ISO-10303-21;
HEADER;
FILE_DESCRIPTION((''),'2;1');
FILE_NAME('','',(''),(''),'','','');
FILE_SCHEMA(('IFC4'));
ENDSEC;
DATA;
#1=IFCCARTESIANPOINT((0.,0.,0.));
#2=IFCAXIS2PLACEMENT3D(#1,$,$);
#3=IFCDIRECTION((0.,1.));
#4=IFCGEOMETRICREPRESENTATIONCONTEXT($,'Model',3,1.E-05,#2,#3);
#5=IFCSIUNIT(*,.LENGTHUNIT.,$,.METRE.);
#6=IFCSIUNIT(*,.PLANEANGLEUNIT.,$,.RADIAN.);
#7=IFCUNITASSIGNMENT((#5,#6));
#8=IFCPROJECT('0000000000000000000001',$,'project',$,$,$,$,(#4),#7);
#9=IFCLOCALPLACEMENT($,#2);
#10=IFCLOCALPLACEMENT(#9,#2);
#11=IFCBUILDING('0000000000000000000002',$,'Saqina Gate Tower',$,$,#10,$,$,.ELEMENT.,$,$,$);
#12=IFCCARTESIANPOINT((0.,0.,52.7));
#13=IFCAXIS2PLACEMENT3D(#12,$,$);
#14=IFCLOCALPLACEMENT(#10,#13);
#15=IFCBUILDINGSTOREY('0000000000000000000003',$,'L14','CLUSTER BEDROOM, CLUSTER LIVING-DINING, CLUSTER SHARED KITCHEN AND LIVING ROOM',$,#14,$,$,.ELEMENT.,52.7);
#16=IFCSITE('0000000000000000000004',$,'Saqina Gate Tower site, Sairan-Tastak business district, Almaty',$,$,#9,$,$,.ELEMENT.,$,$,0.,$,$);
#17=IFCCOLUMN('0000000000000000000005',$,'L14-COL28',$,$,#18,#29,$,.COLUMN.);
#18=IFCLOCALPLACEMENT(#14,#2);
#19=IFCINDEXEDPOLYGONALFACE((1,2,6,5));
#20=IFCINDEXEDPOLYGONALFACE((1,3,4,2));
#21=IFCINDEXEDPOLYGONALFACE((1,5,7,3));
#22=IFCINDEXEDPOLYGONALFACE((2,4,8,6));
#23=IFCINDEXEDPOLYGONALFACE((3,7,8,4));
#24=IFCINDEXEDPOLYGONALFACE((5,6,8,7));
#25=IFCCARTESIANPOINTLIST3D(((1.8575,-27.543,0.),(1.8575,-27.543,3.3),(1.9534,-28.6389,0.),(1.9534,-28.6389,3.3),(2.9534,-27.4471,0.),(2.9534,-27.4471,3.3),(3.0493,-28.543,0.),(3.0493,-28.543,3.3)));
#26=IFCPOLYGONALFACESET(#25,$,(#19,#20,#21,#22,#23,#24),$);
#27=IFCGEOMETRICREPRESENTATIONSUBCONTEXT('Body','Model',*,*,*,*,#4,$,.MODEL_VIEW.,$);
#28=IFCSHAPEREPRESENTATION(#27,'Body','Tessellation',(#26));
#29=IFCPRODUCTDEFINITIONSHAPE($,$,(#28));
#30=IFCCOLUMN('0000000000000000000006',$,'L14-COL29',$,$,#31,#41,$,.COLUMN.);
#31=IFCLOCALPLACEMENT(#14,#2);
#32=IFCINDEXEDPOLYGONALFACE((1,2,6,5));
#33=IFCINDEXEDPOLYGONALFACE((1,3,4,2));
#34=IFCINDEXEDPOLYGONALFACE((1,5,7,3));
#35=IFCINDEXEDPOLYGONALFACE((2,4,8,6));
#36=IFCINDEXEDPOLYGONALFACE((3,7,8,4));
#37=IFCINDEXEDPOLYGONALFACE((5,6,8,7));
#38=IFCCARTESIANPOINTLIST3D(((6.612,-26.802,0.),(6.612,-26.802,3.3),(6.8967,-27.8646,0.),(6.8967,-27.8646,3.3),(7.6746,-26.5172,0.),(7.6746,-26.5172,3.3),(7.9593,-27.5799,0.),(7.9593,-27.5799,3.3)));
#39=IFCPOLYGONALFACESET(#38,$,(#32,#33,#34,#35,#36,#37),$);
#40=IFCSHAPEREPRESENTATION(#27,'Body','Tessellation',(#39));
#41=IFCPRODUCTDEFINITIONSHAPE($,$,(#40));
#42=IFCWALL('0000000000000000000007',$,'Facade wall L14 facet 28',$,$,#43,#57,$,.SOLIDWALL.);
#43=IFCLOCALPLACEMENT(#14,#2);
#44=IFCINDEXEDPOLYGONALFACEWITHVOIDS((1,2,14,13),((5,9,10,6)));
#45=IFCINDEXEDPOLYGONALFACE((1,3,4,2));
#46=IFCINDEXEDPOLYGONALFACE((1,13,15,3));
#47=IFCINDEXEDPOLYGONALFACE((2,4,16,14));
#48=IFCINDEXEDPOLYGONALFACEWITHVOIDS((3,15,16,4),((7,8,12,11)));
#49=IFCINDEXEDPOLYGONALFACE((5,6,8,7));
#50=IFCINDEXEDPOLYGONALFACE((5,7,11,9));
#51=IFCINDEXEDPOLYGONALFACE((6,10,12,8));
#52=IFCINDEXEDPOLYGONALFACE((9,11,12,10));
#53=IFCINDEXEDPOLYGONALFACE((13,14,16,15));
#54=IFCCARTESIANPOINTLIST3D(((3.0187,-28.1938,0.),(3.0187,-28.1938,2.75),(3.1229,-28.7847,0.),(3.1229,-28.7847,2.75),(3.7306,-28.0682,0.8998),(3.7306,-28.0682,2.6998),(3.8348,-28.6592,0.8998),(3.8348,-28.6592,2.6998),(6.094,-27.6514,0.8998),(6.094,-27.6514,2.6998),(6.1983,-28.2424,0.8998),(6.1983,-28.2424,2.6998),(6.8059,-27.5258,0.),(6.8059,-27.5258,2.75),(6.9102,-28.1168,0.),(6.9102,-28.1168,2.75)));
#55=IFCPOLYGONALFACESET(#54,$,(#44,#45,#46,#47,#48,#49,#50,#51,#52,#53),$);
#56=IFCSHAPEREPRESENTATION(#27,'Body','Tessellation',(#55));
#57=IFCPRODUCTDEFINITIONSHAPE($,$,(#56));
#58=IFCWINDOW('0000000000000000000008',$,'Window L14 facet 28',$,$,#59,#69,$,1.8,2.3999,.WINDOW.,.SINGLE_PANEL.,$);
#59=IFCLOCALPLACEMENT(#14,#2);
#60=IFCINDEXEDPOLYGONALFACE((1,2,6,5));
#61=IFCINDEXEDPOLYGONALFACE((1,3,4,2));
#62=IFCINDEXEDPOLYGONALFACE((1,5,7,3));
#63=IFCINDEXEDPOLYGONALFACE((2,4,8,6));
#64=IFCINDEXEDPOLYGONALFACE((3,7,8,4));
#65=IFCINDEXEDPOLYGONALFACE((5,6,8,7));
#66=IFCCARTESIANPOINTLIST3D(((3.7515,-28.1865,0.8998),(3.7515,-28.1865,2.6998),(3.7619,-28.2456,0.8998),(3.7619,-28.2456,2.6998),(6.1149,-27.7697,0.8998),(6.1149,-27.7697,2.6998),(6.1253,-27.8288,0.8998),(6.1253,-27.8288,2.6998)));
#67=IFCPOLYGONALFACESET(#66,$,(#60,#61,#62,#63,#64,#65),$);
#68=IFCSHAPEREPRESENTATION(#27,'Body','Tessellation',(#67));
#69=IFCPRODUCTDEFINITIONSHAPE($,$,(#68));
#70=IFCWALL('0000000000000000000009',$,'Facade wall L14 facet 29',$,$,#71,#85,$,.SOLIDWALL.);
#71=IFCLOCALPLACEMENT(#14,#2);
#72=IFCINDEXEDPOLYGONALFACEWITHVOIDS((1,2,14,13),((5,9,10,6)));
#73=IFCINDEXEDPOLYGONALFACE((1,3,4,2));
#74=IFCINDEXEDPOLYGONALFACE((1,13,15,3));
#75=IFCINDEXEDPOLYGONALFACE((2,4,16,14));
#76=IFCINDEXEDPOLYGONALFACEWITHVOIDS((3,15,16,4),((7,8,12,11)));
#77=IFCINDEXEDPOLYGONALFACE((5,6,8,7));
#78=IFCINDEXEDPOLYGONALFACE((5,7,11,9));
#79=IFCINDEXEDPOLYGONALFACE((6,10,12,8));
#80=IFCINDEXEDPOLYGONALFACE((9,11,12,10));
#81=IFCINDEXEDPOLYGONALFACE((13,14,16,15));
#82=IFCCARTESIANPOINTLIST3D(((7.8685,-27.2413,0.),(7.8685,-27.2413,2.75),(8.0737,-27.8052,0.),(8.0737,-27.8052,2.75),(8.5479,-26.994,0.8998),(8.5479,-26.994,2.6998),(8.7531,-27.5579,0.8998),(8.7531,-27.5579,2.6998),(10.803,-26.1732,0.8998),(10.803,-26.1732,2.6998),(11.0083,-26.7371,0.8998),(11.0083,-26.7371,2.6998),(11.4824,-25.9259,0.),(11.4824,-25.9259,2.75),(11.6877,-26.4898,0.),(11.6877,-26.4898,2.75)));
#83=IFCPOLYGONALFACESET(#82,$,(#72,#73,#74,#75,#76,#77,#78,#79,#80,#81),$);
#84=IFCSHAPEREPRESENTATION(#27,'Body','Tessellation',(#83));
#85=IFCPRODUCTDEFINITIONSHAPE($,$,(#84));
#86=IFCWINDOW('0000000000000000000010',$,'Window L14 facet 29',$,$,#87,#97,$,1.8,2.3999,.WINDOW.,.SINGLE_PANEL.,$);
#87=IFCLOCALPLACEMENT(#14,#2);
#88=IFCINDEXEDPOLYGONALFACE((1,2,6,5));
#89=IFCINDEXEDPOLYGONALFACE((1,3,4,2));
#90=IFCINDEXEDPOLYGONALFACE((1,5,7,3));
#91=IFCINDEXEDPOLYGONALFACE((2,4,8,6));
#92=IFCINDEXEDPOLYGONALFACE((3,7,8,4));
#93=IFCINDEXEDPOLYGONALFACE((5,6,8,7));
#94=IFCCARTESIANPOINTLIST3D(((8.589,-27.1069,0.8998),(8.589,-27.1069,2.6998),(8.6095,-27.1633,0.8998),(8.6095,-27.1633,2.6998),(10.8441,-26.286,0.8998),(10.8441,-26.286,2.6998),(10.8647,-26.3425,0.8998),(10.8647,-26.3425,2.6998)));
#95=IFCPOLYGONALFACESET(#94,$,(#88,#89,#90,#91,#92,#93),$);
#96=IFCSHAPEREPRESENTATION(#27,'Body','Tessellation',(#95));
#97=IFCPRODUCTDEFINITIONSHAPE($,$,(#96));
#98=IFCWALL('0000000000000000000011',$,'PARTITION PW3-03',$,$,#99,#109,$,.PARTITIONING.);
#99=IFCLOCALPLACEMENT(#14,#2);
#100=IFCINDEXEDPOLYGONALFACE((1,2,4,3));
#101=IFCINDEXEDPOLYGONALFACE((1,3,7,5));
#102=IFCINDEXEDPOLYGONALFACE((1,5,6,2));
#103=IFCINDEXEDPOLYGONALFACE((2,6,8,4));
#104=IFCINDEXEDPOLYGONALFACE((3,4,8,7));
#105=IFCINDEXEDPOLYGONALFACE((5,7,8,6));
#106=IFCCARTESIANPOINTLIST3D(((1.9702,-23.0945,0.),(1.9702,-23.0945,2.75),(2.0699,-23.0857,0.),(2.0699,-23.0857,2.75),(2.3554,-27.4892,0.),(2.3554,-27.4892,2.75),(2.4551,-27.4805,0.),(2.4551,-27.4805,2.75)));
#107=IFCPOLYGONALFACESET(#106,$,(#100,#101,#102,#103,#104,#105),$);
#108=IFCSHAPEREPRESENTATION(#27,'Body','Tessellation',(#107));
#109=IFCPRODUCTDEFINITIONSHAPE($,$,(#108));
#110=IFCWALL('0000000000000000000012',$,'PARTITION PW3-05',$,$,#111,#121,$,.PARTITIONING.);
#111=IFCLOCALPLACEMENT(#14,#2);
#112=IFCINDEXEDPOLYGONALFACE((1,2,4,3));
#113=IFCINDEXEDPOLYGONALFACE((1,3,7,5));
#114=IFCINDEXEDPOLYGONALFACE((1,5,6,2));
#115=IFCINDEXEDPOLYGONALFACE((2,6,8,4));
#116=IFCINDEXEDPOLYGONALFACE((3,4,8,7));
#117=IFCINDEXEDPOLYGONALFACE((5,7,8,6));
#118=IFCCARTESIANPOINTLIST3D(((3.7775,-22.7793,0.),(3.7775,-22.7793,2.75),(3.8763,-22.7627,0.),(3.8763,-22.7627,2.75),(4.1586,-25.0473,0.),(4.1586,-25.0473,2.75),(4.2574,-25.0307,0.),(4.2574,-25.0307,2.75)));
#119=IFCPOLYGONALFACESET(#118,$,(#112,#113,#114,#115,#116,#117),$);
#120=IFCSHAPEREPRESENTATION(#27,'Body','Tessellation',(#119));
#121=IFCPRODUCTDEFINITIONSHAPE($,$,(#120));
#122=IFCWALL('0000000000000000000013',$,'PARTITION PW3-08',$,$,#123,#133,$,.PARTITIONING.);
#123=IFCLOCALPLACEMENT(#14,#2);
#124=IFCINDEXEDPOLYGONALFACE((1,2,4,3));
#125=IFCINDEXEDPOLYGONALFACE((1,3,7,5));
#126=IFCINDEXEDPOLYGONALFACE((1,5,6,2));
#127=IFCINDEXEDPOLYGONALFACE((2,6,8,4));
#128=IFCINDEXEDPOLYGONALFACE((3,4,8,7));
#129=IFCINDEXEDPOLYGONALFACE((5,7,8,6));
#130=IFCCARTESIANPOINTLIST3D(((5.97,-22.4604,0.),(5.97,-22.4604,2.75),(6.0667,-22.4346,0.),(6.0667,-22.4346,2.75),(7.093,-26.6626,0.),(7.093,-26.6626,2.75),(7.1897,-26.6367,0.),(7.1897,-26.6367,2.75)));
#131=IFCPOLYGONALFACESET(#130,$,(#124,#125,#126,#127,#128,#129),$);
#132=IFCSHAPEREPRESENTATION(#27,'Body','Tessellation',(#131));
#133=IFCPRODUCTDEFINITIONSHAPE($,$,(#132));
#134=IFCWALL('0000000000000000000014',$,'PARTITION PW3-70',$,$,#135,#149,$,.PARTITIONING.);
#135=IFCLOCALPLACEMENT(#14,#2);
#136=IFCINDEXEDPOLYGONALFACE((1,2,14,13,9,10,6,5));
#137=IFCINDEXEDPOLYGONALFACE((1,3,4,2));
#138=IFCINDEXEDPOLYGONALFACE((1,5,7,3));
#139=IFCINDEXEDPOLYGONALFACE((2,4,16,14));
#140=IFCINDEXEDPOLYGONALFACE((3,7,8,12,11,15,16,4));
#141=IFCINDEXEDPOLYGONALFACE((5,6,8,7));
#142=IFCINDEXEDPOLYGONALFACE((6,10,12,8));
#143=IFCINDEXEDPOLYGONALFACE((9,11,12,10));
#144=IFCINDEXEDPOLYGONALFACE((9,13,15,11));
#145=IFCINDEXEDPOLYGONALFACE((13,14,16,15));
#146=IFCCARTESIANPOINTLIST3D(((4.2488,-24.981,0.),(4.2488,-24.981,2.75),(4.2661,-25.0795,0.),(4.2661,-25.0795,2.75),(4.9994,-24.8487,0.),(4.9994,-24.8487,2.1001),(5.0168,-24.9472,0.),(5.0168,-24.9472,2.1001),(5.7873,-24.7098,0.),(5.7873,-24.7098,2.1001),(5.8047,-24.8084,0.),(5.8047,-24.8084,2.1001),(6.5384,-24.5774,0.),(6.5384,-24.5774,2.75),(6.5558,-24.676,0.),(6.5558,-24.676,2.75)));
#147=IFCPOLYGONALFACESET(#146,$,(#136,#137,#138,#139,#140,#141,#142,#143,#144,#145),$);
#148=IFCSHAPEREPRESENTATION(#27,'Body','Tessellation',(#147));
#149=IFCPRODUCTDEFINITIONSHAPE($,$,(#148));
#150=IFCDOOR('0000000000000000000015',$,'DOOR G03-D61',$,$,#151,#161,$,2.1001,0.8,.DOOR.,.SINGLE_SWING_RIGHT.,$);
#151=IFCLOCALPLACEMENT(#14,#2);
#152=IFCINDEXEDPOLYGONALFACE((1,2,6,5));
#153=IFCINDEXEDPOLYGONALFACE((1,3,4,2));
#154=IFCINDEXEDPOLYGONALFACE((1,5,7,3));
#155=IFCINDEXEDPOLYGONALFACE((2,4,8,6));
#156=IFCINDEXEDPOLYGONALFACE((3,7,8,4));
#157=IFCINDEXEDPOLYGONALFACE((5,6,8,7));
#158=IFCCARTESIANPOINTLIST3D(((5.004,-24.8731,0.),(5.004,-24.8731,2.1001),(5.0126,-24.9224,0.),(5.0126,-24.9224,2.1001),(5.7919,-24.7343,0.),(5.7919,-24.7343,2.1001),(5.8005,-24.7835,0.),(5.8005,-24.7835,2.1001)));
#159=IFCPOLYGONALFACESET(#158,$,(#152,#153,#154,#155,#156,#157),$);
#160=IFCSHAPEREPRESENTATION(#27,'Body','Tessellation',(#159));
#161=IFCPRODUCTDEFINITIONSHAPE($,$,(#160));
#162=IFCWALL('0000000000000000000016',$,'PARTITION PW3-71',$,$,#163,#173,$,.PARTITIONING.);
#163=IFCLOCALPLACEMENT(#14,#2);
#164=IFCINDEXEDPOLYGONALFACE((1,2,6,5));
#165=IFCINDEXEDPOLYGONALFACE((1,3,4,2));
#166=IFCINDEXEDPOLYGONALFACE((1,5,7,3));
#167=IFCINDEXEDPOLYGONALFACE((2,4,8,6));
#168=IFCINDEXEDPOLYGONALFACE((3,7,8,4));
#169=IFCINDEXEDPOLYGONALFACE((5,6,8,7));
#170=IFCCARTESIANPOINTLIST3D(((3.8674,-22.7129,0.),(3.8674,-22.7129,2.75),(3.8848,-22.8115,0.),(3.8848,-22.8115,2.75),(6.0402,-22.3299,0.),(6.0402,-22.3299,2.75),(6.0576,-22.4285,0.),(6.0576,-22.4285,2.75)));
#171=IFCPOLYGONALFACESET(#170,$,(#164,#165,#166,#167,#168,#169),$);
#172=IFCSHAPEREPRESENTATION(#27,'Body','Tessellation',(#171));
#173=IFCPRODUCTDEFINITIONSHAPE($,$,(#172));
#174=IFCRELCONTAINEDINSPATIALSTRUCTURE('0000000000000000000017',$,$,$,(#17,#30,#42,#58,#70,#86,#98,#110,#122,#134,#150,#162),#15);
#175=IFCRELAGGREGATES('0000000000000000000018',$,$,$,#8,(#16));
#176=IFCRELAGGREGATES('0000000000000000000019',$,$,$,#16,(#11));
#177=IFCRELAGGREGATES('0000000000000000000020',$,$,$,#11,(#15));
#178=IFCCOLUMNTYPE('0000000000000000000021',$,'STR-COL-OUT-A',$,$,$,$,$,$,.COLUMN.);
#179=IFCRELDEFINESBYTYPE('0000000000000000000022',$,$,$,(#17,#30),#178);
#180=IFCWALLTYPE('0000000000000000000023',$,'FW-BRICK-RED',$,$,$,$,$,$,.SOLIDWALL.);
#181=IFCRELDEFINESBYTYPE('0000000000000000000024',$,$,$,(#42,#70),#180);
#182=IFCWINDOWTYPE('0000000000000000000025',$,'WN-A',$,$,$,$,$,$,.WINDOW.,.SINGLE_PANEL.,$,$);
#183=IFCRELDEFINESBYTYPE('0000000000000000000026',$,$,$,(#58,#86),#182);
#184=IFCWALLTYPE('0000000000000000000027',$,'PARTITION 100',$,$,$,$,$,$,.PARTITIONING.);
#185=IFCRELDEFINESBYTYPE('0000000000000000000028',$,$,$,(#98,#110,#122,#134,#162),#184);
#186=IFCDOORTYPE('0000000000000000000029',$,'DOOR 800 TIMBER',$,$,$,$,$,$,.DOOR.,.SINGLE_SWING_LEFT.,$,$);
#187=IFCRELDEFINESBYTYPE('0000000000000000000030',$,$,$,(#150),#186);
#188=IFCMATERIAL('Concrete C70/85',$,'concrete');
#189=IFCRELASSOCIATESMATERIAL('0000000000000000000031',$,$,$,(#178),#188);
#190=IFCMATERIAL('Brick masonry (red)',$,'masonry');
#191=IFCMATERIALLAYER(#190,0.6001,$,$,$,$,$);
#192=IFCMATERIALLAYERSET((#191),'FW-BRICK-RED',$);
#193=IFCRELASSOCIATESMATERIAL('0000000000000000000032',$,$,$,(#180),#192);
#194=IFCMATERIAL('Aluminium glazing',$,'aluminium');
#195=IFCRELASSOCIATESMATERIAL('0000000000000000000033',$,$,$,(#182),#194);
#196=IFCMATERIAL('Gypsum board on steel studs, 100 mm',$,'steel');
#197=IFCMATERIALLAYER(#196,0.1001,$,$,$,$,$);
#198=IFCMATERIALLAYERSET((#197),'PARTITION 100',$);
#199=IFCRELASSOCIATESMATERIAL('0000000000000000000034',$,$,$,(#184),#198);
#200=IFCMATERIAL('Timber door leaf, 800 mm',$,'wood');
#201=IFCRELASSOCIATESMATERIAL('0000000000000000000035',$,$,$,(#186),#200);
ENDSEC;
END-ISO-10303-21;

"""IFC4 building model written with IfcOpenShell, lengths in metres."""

from ifc_helpers import new_model, si_unit, direction, frame, frame_2d, origin, origin_2d, place, context, subcontext, project, spatial, rectangle, extrude, material, layer, layer_set, material_profile, profile_set, type_object, element, fill, save


model = new_model("IFC4")

# Units and contexts
model_context = context("Model", 3, precision=1e-05, world=origin(), true_north=direction((0.0, 1.0)))
body_context = subcontext(model_context, "Body", "Model", "MODEL_VIEW")
ifc_project = project(units=[si_unit("LENGTHUNIT", "METRE"), si_unit("PLANEANGLEUNIT", "RADIAN")], contexts=[model_context])

# Site, building, storey
site_placement = place(None, origin())
site = spatial("IfcSite", under=ifc_project, at=site_placement, Name="Saqina Gate Tower site, Sairan-Tastak business district, Almaty", CompositionType="ELEMENT", RefElevation=0.0)
building_placement = place(site_placement, origin())
building = spatial("IfcBuilding", under=site, at=building_placement, Name="Saqina Gate Tower", CompositionType="ELEMENT")
storey_placement = place(building_placement, frame((0.0, 0.0, 52.7)))
storey = spatial("IfcBuildingStorey", under=building, at=storey_placement, Name="L14", Description="CLUSTER BEDROOM, CLUSTER LIVING-DINING, CLUSTER SHARED KITCHEN AND LIVING ROOM", CompositionType="ELEMENT", Elevation=52.7)

# Columns
ifc_material_1 = material(Name="Concrete C70/85", Category="concrete")
ifc_material_profile = material_profile(ifc_material_1, rectangle(XDim=1.1001, YDim=1.1001, at=origin_2d()), Name="RC 1100x1100")
ifc_profile_set = profile_set([ifc_material_profile], Name="Concrete C70/85")
column_type = type_object("IfcColumnType", Name="STR-COL-OUT-A", PredefinedType="COLUMN", material=ifc_profile_set)
for number, where, z_axis, x_axis, name in (
    (1, (2.4534, -28.043, 0.0), (0.0, 0.0, 1.0), (0.087156, -0.996195, 0.0), "L14-COL28"),
    (2, (7.2856, -27.1909, 0.0), (0.0, 0.0, 1.0), (0.258819, -0.965926, 0.0), "L14-COL29"),
):
    element("IfcColumn", number, at=place(storey_placement, frame(where, z_axis=z_axis, x_axis=x_axis)), inside=storey, type_object=column_type, Name=name, PredefinedType="COLUMN", context=body_context, shape_type="SweptSolid", body=[
        extrude(rectangle(XDim=1.1001, YDim=1.1001, at=origin_2d()), origin(), (0.0, 0.0, 1.0), 3.3),
    ])

# Walls, openings, windows
ifc_material_2 = material(Name="Brick masonry (red)", Category="masonry")
ifc_layer_1 = layer(ifc_material_2, 0.6001)
ifc_layer_set_1 = layer_set([ifc_layer_1], Name="FW-BRICK-RED")
wall_type_1 = type_object("IfcWallType", Name="FW-BRICK-RED", PredefinedType="SOLIDWALL", material=ifc_layer_set_1)
wall_1_placement = place(storey_placement, frame((3.0708, -28.4893, 0.0), z_axis=(0.0, 0.0, 1.0), x_axis=(0.984801, 0.173688, 0.0)))
wall_1 = element("IfcWall", 3, at=wall_1_placement, inside=storey, type_object=wall_type_1, Name="Facade wall L14 facet 28", PredefinedType="SOLIDWALL", context=body_context, shape_type="SweptSolid", body=[
    extrude(rectangle(XDim=3.8457, YDim=0.6001, at=frame_2d((1.9229, 0.0))), origin(), (0.0, 0.0, 1.0), 2.75),
])
opening_1_placement = place(wall_1_placement, frame((0.7229, 0.0, 0.8999)))
opening_1 = element("IfcOpeningElement", 4, at=opening_1_placement, cuts=wall_1, PredefinedType="OPENING", context=body_context, shape_type="SweptSolid", body=[
    extrude(rectangle(XDim=2.3999, YDim=1.8, at=frame_2d((1.2, 0.8999))), frame((0.0, 0.312, 0.0), z_axis=(0.0, -1.0, 0.0), x_axis=(1.0, 0.0, 0.0)), (0.0, 0.0, 1.0), 0.624),
])
ifc_material_3 = material(Name="Aluminium glazing", Category="aluminium")
window_type = type_object("IfcWindowType", Name="WN-A", PartitioningType="SINGLE_PANEL", PredefinedType="WINDOW", material=ifc_material_3)
window_1_placement = place(opening_1_placement, origin())
window_1 = element("IfcWindow", 5, at=window_1_placement, inside=storey, type_object=window_type, Name="Window L14 facet 28", OverallHeight=1.8, OverallWidth=2.3999, PartitioningType="SINGLE_PANEL", PredefinedType="WINDOW", context=body_context, shape_type="SweptSolid", body=[
    extrude(rectangle(XDim=2.3999, YDim=1.8, at=frame_2d((1.2, 0.8999))), frame((0.0, 0.1799, 0.0), z_axis=(0.0, -1.0, 0.0), x_axis=(1.0, 0.0, 0.0)), (0.0, 0.0, 1.0), 0.0601),
])
fill(opening_1, window_1)
wall_2_placement = place(storey_placement, frame((7.9712, -27.5232, 0.0), z_axis=(0.0, 0.0, 1.0), x_axis=(0.93969, 0.342028, 0.0)))
wall_2 = element("IfcWall", 6, at=wall_2_placement, inside=storey, type_object=wall_type_1, Name="Facade wall L14 facet 29", PredefinedType="SOLIDWALL", context=body_context, shape_type="SweptSolid", body=[
    extrude(rectangle(XDim=3.8459, YDim=0.6001, at=frame_2d((1.9229, 0.0))), origin(), (0.0, 0.0, 1.0), 2.75),
])
opening_2_placement = place(wall_2_placement, frame((0.7229, 0.0, 0.8999)))
opening_2 = element("IfcOpeningElement", 7, at=opening_2_placement, cuts=wall_2, PredefinedType="OPENING", context=body_context, shape_type="SweptSolid", body=[
    extrude(rectangle(XDim=2.3999, YDim=1.8, at=frame_2d((1.2, 0.8999))), frame((0.0, 0.312, 0.0), z_axis=(0.0, -1.0, 0.0), x_axis=(1.0, 0.0, 0.0)), (0.0, 0.0, 1.0), 0.624),
])
window_2_placement = place(opening_2_placement, origin())
window_2 = element("IfcWindow", 8, at=window_2_placement, inside=storey, type_object=window_type, Name="Window L14 facet 29", OverallHeight=1.8, OverallWidth=2.3999, PartitioningType="SINGLE_PANEL", PredefinedType="WINDOW", context=body_context, shape_type="SweptSolid", body=[
    extrude(rectangle(XDim=2.3999, YDim=1.8, at=frame_2d((1.2, 0.8999))), frame((0.0, 0.1799, 0.0), z_axis=(0.0, -1.0, 0.0), x_axis=(1.0, 0.0, 0.0)), (0.0, 0.0, 1.0), 0.0601),
])
fill(opening_2, window_2)

# Walls
ifc_material_4 = material(Name="Gypsum board on steel studs, 100 mm", Category="steel")
ifc_layer_2 = layer(ifc_material_4, 0.1001)
ifc_layer_set_2 = layer_set([ifc_layer_2], Name="PARTITION 100")
wall_type_2 = type_object("IfcWallType", Name="PARTITION 100", PredefinedType="PARTITIONING", material=ifc_layer_set_2)
wall_3_placement = place(storey_placement, frame((2.02, -23.0901, 0.0), z_axis=(0.0, 0.0, 1.0), x_axis=(0.087327, -0.99618, 0.0)))
element("IfcWall", 9, at=wall_3_placement, inside=storey, type_object=wall_type_2, Name="PARTITION PW3-03", PredefinedType="PARTITIONING", context=body_context, shape_type="SweptSolid", body=[
    extrude(rectangle(XDim=4.4116, YDim=0.1001, at=frame_2d((2.2058, 0.0))), origin(), (0.0, 0.0, 1.0), 2.75),
])
wall_4_placement = place(storey_placement, frame((3.8269, -22.771, 0.0), z_axis=(0.0, 0.0, 1.0), x_axis=(0.165707, -0.986175, 0.0)))
element("IfcWall", 10, at=wall_4_placement, inside=storey, type_object=wall_type_2, Name="PARTITION PW3-05", PredefinedType="PARTITIONING", context=body_context, shape_type="SweptSolid", body=[
    extrude(rectangle(XDim=2.2998, YDim=0.1001, at=frame_2d((1.1499, 0.0))), origin(), (0.0, 0.0, 1.0), 2.75),
])
wall_5_placement = place(storey_placement, frame((6.0183, -22.4475, 0.0), z_axis=(0.0, 0.0, 1.0), x_axis=(0.258194, -0.966093, 0.0)))
element("IfcWall", 11, at=wall_5_placement, inside=storey, type_object=wall_type_2, Name="PARTITION PW3-08", PredefinedType="PARTITIONING", context=body_context, shape_type="SweptSolid", body=[
    extrude(rectangle(XDim=4.3496, YDim=0.1001, at=frame_2d((2.1748, 0.0))), origin(), (0.0, 0.0, 1.0), 2.75),
])

# Wall, opening, door
wall_6_placement = place(storey_placement, frame((4.2573, -25.0303, 0.0), z_axis=(0.0, 0.0, 1.0), x_axis=(0.984818, 0.173588, 0.0)))
wall_6 = element("IfcWall", 12, at=wall_6_placement, inside=storey, type_object=wall_type_2, Name="PARTITION PW3-70", PredefinedType="PARTITIONING", context=body_context, shape_type="SweptSolid", body=[
    extrude(rectangle(XDim=2.325, YDim=0.1001, at=frame_2d((1.1626, 0.0))), origin(), (0.0, 0.0, 1.0), 2.75),
])
opening_3_placement = place(wall_6_placement, frame((0.7625, 0.0, 0.0)))
opening_3 = element("IfcOpeningElement", 13, at=opening_3_placement, cuts=wall_6, PredefinedType="OPENING", context=body_context, shape_type="SweptSolid", body=[
    extrude(rectangle(XDim=0.8, YDim=2.1001, at=frame_2d((0.3999, 1.05))), frame((0.0, 0.062, 0.0), z_axis=(0.0, -1.0, 0.0), x_axis=(1.0, 0.0, 0.0)), (0.0, 0.0, 1.0), 0.124),
])
ifc_material_5 = material(Name="Timber door leaf, 800 mm", Category="wood")
door_type_1 = type_object("IfcDoorType", Name="DOOR 800 TIMBER", OperationType="SINGLE_SWING_LEFT", PredefinedType="DOOR", material=ifc_material_5)
door_1_placement = place(opening_3_placement, frame((0.8, 0.0, 0.0), z_axis=(0.0, 0.0, 1.0), x_axis=(-1.0, 0.0, 0.0)))
door_1 = element("IfcDoor", 14, at=door_1_placement, inside=storey, type_object=door_type_1, Name="DOOR G03-D61", OperationType="SINGLE_SWING_RIGHT", OverallHeight=2.1001, OverallWidth=0.8, PredefinedType="DOOR", context=body_context, shape_type="SweptSolid", body=[
    extrude(rectangle(XDim=0.8, YDim=2.1001, at=frame_2d((0.3999, 1.05))), frame((0.0, 0.0249, 0.0), z_axis=(0.0, -1.0, 0.0), x_axis=(1.0, 0.0, 0.0)), (0.0, 0.0, 1.0), 0.05),
])
fill(opening_3, door_1)

# Wall
wall_7_placement = place(storey_placement, frame((3.8762, -22.7622, 0.0), z_axis=(0.0, 0.0, 1.0), x_axis=(0.984814, 0.173615, 0.0)))
element("IfcWall", 15, at=wall_7_placement, inside=storey, type_object=wall_type_2, Name="PARTITION PW3-71", PredefinedType="PARTITIONING", context=body_context, shape_type="SweptSolid", body=[
    extrude(rectangle(XDim=2.2063, YDim=0.1001, at=frame_2d((1.103, 0.0))), origin(), (0.0, 0.0, 1.0), 2.75),
])

save(model, "model.ifc")
